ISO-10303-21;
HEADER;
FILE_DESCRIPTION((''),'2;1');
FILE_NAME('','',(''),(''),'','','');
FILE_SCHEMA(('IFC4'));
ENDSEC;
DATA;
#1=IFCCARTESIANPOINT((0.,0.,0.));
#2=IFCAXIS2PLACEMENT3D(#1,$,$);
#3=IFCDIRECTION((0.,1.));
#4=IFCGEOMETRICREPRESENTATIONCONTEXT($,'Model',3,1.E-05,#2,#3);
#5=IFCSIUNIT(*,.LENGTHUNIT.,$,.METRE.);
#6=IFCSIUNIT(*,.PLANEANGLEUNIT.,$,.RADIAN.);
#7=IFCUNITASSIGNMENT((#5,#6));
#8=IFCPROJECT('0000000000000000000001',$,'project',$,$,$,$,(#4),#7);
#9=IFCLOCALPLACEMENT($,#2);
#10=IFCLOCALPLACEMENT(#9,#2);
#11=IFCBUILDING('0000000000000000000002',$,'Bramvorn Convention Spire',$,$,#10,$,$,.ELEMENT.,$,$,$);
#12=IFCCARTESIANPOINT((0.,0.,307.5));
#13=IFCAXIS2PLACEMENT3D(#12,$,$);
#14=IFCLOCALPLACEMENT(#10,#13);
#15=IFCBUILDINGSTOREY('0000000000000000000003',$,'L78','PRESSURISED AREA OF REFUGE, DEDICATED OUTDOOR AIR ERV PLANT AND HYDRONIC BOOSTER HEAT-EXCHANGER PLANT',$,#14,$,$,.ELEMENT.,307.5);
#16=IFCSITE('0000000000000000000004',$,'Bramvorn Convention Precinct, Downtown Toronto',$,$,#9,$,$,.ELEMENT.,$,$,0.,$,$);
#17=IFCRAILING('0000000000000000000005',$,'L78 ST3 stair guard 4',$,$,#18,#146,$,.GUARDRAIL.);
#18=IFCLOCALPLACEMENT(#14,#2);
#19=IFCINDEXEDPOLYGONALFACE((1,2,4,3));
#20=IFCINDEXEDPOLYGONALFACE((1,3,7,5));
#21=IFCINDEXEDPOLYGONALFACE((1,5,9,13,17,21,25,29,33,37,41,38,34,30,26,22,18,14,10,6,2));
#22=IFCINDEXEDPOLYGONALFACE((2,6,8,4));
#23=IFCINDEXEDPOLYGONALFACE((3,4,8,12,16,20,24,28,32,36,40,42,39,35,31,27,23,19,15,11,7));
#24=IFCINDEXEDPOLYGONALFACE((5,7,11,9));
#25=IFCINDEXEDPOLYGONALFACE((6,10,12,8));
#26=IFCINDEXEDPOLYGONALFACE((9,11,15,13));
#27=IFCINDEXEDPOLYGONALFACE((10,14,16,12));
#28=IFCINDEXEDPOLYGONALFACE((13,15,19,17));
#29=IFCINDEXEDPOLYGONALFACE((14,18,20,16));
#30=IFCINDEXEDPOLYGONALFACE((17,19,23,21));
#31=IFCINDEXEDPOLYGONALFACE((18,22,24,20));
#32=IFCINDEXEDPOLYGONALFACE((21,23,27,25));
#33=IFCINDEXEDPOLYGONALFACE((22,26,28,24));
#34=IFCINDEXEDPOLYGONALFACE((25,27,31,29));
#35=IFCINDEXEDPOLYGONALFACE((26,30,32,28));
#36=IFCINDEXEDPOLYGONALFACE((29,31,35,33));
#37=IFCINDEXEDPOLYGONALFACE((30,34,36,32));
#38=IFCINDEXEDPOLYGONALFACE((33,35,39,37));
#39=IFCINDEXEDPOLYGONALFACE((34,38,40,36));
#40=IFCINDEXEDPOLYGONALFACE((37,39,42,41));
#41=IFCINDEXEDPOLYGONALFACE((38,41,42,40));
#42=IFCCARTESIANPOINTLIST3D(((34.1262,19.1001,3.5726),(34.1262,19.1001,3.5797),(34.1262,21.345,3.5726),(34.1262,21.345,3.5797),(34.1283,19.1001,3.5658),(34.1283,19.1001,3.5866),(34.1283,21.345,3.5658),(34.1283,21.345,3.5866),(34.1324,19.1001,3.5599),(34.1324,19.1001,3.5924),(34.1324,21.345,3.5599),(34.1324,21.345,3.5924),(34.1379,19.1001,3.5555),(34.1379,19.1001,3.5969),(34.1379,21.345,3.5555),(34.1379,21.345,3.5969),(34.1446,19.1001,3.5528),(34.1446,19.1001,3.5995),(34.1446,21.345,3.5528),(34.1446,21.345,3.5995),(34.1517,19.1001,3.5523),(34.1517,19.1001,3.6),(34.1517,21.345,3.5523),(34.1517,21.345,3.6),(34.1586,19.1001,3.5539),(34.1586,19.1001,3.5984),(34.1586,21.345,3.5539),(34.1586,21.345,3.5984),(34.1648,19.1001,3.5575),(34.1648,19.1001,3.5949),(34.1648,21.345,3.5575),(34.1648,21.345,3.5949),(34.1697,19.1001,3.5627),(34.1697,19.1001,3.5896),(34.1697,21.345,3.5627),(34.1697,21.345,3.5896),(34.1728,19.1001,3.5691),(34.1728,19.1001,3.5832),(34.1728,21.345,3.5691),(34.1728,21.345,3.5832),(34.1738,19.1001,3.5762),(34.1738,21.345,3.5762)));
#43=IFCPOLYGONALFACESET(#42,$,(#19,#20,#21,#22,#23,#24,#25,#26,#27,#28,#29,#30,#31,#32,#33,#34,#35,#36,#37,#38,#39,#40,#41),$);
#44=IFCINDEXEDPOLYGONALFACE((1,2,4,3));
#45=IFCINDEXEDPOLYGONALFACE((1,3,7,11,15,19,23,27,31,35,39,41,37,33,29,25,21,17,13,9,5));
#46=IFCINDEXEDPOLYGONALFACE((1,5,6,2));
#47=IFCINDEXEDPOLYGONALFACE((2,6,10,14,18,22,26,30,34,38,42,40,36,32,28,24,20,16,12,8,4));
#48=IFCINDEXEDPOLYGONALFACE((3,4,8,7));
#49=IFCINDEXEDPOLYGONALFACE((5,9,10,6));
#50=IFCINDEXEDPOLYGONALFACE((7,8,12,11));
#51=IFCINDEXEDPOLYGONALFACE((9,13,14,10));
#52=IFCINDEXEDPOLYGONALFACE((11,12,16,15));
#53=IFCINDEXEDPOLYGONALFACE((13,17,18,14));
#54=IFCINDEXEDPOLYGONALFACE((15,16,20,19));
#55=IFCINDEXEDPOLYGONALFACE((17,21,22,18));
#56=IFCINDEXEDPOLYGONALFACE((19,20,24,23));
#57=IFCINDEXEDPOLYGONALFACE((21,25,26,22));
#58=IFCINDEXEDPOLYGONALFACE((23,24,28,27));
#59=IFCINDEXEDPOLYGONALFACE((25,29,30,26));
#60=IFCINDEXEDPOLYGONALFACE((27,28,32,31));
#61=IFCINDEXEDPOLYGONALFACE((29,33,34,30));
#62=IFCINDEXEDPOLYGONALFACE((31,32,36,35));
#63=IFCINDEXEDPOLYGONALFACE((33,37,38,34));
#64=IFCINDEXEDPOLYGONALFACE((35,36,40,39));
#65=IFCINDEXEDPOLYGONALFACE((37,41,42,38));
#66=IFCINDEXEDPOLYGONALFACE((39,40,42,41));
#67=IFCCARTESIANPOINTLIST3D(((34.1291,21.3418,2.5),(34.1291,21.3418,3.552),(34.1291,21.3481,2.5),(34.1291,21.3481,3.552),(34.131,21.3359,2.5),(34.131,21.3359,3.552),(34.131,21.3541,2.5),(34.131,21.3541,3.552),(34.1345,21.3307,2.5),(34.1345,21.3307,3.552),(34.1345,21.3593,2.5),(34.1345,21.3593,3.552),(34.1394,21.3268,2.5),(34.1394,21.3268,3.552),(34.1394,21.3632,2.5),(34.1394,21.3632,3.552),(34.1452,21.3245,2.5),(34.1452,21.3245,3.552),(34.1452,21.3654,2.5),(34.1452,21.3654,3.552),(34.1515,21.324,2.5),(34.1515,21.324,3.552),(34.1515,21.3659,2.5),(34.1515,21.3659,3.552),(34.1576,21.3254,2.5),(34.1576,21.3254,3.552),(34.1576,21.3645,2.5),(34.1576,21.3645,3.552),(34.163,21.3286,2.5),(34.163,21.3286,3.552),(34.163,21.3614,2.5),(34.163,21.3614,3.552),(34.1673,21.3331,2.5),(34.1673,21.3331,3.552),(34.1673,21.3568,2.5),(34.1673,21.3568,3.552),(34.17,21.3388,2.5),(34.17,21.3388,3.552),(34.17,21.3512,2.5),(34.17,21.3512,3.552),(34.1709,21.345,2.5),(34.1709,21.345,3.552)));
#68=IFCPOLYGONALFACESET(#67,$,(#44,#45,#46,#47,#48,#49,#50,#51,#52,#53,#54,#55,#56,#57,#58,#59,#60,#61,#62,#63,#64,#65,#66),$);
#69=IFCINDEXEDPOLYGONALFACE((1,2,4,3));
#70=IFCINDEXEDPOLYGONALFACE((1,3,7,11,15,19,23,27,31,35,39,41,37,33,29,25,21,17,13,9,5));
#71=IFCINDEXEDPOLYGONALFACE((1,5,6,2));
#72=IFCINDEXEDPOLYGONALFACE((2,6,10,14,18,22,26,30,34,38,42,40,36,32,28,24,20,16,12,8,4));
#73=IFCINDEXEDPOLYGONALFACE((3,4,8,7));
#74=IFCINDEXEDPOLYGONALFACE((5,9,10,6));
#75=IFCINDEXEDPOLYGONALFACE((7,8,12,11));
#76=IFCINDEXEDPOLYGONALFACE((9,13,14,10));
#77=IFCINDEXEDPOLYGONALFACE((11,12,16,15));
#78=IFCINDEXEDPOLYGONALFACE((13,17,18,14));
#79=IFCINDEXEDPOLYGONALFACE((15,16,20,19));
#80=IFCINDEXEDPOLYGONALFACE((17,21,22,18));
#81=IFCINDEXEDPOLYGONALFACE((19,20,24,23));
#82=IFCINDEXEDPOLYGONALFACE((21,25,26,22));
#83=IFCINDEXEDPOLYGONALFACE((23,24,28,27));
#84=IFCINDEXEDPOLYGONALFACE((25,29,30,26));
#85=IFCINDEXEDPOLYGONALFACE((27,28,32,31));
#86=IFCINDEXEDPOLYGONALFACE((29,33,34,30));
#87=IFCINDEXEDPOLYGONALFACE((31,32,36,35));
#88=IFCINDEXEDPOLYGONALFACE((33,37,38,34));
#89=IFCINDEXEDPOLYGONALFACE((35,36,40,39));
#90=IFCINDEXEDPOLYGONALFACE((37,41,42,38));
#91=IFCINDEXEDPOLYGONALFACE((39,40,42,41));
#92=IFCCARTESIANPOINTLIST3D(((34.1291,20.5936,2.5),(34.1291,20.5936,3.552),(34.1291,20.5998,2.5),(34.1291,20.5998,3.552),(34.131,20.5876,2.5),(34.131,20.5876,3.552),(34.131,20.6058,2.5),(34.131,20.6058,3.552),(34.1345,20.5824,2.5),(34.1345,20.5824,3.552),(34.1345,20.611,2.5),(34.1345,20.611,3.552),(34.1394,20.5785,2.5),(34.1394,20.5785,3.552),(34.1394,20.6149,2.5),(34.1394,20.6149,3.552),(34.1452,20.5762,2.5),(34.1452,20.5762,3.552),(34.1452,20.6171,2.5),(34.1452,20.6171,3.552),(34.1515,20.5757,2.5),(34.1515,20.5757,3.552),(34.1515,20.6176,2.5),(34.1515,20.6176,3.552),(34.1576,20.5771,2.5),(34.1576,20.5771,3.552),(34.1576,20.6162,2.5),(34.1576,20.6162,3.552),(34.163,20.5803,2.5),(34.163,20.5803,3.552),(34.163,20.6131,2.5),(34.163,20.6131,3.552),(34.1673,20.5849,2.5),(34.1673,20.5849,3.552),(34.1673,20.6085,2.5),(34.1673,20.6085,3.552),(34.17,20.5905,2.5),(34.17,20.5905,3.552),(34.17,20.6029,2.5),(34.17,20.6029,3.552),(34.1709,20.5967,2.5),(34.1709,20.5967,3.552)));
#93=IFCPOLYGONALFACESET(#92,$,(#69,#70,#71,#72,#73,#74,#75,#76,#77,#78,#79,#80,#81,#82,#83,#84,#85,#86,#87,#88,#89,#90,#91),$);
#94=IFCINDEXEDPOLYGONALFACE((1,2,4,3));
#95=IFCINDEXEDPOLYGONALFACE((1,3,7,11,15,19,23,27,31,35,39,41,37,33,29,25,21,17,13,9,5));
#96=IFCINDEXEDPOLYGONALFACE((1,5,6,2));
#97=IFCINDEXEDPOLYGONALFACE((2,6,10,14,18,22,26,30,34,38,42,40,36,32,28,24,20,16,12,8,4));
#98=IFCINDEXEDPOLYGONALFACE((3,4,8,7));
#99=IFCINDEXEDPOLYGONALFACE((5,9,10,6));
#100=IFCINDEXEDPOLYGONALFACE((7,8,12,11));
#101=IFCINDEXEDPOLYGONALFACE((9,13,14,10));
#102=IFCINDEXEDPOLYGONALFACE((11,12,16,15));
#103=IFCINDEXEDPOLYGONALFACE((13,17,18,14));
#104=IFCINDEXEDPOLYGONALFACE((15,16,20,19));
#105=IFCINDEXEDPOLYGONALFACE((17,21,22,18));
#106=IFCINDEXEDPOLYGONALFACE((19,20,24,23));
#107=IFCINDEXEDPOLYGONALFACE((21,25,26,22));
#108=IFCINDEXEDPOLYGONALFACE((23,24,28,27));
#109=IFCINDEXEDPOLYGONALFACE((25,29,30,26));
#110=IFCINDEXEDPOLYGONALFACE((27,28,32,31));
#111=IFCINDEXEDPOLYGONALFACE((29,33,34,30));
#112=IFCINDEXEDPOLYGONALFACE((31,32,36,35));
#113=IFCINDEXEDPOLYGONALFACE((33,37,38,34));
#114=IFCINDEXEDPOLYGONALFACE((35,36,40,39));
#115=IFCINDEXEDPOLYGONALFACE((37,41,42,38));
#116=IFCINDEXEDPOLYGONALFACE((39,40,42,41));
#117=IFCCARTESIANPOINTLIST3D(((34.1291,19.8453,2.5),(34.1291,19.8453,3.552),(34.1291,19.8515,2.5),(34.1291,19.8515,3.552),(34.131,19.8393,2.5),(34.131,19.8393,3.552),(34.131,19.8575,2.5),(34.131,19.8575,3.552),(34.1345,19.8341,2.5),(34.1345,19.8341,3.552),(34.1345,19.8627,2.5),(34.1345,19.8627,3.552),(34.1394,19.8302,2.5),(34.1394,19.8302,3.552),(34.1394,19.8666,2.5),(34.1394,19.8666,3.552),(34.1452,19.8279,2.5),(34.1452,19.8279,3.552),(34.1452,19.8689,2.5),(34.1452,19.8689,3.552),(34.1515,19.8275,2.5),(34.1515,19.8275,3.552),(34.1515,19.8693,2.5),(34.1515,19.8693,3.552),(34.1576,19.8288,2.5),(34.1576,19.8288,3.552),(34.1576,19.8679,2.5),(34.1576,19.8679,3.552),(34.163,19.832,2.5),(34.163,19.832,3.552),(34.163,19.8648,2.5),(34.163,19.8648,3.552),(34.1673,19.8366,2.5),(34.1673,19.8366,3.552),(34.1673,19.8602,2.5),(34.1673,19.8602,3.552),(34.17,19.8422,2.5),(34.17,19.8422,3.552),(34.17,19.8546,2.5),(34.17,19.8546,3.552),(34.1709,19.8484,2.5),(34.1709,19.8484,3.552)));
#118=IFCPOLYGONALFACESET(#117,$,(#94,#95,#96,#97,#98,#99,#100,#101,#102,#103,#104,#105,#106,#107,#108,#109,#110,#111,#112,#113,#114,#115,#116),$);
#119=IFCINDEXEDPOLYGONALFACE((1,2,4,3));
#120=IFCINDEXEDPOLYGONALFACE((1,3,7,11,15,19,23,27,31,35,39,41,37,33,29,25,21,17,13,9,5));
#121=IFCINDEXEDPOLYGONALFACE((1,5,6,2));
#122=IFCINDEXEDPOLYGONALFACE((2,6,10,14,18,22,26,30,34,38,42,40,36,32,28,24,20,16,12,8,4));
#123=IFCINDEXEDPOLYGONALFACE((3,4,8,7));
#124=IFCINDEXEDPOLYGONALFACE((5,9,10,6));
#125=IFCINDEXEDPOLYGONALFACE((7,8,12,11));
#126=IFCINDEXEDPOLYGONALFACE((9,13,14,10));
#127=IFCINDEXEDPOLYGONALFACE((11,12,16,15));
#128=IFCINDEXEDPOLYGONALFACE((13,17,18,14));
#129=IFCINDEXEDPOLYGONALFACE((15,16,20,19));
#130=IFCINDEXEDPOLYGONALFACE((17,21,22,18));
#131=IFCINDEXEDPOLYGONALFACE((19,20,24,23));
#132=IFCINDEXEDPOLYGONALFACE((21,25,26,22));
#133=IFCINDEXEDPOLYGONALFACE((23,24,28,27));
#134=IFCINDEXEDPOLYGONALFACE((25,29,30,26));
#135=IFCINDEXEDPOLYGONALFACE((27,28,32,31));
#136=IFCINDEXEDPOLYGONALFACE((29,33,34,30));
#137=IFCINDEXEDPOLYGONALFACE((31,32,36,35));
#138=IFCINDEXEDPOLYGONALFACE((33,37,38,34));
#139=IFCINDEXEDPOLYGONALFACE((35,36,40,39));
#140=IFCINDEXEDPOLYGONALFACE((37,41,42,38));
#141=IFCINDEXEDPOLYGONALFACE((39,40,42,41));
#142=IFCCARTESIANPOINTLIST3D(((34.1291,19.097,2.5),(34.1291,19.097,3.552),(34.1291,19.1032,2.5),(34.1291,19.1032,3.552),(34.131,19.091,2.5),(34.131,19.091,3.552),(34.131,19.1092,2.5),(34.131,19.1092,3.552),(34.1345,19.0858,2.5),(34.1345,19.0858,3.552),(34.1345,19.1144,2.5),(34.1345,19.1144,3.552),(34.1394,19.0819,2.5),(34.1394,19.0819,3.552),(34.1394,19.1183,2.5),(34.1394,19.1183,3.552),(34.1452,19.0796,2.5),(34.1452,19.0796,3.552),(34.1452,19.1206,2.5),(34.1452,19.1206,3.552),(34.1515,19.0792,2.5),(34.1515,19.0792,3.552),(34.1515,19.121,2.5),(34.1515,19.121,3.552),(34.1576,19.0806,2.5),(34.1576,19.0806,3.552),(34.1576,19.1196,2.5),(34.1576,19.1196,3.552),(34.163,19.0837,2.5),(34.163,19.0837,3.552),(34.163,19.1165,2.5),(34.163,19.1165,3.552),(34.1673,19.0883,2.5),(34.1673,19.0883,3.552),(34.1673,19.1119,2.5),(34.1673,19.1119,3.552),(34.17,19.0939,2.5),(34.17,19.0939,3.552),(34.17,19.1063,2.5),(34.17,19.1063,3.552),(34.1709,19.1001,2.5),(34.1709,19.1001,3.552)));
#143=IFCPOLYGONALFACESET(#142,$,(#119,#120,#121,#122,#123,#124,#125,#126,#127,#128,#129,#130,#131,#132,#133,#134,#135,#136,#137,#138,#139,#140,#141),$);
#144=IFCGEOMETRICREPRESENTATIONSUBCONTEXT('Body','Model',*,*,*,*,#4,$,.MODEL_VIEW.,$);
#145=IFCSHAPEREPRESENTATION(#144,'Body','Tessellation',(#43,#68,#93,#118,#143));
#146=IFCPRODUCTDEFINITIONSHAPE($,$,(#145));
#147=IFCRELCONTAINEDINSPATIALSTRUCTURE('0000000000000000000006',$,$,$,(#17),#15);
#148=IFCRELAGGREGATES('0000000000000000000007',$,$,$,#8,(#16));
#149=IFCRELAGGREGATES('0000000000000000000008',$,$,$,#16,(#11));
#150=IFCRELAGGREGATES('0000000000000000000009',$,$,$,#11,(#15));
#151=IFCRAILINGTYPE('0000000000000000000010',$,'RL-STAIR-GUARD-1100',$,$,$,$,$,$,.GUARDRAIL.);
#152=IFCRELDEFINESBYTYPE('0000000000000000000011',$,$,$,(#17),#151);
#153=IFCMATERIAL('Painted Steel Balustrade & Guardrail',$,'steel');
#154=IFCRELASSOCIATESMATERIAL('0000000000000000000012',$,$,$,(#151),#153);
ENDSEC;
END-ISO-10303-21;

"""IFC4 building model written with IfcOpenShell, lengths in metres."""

from ifc_helpers import new_model, si_unit, direction, frame, origin, origin_2d, place, context, subcontext, project, spatial, circle, extrude, material, type_object, element, save


model = new_model("IFC4")

# Units and contexts
model_context = context("Model", 3, precision=1e-05, world=origin(), true_north=direction((0.0, 1.0)))
body_context = subcontext(model_context, "Body", "Model", "MODEL_VIEW")
ifc_project = project(units=[si_unit("LENGTHUNIT", "METRE"), si_unit("PLANEANGLEUNIT", "RADIAN")], contexts=[model_context])

# Site, building, storey
site_placement = place(None, origin())
site = spatial("IfcSite", under=ifc_project, at=site_placement, Name="Bramvorn Convention Precinct, Downtown Toronto", CompositionType="ELEMENT", RefElevation=0.0)
building_placement = place(site_placement, origin())
building = spatial("IfcBuilding", under=site, at=building_placement, Name="Bramvorn Convention Spire", CompositionType="ELEMENT")
storey_placement = place(building_placement, frame((0.0, 0.0, 307.5)))
storey = spatial("IfcBuildingStorey", under=building, at=storey_placement, Name="L78", Description="PRESSURISED AREA OF REFUGE, DEDICATED OUTDOOR AIR ERV PLANT AND HYDRONIC BOOSTER HEAT-EXCHANGER PLANT", CompositionType="ELEMENT", Elevation=307.5)

# Railing
ifc_material_1 = material(Name="Painted Steel Balustrade & Guardrail", Category="steel")
railing_type_1 = type_object("IfcRailingType", Name="RL-STAIR-GUARD-1100", PredefinedType="GUARDRAIL", material=ifc_material_1)
for number, where, name in (
    (1, (34.1499, 21.345, 2.5), "L78 ST3 stair guard 4"),
):
    element("IfcRailing", number, at=place(storey_placement, frame(where)), inside=storey, type_object=railing_type_1, Name=name, PredefinedType="GUARDRAIL", context=body_context, shape_type="SweptSolid", body=[
        extrude(circle(Radius=0.0239, at=origin_2d()), frame((0.0, 0.0, 1.0762), z_axis=(0.0, -1.0, 0.0), x_axis=(1.0, 0.0, 0.0)), (0.0, 0.0, 1.0), 2.2449),
        extrude(circle(Radius=0.021, at=origin_2d()), origin(), (0.0, 0.0, 1.0), 1.052),
        extrude(circle(Radius=0.021, at=origin_2d()), frame((0.0, -0.7483, 0.0)), (0.0, 0.0, 1.0), 1.052),
        extrude(circle(Radius=0.021, at=origin_2d()), frame((0.0, -1.4966, 0.0)), (0.0, 0.0, 1.0), 1.052),
        extrude(circle(Radius=0.021, at=origin_2d()), frame((0.0, -2.2449, 0.0)), (0.0, 0.0, 1.0), 1.052),
    ])

save(model, "model.ifc")
